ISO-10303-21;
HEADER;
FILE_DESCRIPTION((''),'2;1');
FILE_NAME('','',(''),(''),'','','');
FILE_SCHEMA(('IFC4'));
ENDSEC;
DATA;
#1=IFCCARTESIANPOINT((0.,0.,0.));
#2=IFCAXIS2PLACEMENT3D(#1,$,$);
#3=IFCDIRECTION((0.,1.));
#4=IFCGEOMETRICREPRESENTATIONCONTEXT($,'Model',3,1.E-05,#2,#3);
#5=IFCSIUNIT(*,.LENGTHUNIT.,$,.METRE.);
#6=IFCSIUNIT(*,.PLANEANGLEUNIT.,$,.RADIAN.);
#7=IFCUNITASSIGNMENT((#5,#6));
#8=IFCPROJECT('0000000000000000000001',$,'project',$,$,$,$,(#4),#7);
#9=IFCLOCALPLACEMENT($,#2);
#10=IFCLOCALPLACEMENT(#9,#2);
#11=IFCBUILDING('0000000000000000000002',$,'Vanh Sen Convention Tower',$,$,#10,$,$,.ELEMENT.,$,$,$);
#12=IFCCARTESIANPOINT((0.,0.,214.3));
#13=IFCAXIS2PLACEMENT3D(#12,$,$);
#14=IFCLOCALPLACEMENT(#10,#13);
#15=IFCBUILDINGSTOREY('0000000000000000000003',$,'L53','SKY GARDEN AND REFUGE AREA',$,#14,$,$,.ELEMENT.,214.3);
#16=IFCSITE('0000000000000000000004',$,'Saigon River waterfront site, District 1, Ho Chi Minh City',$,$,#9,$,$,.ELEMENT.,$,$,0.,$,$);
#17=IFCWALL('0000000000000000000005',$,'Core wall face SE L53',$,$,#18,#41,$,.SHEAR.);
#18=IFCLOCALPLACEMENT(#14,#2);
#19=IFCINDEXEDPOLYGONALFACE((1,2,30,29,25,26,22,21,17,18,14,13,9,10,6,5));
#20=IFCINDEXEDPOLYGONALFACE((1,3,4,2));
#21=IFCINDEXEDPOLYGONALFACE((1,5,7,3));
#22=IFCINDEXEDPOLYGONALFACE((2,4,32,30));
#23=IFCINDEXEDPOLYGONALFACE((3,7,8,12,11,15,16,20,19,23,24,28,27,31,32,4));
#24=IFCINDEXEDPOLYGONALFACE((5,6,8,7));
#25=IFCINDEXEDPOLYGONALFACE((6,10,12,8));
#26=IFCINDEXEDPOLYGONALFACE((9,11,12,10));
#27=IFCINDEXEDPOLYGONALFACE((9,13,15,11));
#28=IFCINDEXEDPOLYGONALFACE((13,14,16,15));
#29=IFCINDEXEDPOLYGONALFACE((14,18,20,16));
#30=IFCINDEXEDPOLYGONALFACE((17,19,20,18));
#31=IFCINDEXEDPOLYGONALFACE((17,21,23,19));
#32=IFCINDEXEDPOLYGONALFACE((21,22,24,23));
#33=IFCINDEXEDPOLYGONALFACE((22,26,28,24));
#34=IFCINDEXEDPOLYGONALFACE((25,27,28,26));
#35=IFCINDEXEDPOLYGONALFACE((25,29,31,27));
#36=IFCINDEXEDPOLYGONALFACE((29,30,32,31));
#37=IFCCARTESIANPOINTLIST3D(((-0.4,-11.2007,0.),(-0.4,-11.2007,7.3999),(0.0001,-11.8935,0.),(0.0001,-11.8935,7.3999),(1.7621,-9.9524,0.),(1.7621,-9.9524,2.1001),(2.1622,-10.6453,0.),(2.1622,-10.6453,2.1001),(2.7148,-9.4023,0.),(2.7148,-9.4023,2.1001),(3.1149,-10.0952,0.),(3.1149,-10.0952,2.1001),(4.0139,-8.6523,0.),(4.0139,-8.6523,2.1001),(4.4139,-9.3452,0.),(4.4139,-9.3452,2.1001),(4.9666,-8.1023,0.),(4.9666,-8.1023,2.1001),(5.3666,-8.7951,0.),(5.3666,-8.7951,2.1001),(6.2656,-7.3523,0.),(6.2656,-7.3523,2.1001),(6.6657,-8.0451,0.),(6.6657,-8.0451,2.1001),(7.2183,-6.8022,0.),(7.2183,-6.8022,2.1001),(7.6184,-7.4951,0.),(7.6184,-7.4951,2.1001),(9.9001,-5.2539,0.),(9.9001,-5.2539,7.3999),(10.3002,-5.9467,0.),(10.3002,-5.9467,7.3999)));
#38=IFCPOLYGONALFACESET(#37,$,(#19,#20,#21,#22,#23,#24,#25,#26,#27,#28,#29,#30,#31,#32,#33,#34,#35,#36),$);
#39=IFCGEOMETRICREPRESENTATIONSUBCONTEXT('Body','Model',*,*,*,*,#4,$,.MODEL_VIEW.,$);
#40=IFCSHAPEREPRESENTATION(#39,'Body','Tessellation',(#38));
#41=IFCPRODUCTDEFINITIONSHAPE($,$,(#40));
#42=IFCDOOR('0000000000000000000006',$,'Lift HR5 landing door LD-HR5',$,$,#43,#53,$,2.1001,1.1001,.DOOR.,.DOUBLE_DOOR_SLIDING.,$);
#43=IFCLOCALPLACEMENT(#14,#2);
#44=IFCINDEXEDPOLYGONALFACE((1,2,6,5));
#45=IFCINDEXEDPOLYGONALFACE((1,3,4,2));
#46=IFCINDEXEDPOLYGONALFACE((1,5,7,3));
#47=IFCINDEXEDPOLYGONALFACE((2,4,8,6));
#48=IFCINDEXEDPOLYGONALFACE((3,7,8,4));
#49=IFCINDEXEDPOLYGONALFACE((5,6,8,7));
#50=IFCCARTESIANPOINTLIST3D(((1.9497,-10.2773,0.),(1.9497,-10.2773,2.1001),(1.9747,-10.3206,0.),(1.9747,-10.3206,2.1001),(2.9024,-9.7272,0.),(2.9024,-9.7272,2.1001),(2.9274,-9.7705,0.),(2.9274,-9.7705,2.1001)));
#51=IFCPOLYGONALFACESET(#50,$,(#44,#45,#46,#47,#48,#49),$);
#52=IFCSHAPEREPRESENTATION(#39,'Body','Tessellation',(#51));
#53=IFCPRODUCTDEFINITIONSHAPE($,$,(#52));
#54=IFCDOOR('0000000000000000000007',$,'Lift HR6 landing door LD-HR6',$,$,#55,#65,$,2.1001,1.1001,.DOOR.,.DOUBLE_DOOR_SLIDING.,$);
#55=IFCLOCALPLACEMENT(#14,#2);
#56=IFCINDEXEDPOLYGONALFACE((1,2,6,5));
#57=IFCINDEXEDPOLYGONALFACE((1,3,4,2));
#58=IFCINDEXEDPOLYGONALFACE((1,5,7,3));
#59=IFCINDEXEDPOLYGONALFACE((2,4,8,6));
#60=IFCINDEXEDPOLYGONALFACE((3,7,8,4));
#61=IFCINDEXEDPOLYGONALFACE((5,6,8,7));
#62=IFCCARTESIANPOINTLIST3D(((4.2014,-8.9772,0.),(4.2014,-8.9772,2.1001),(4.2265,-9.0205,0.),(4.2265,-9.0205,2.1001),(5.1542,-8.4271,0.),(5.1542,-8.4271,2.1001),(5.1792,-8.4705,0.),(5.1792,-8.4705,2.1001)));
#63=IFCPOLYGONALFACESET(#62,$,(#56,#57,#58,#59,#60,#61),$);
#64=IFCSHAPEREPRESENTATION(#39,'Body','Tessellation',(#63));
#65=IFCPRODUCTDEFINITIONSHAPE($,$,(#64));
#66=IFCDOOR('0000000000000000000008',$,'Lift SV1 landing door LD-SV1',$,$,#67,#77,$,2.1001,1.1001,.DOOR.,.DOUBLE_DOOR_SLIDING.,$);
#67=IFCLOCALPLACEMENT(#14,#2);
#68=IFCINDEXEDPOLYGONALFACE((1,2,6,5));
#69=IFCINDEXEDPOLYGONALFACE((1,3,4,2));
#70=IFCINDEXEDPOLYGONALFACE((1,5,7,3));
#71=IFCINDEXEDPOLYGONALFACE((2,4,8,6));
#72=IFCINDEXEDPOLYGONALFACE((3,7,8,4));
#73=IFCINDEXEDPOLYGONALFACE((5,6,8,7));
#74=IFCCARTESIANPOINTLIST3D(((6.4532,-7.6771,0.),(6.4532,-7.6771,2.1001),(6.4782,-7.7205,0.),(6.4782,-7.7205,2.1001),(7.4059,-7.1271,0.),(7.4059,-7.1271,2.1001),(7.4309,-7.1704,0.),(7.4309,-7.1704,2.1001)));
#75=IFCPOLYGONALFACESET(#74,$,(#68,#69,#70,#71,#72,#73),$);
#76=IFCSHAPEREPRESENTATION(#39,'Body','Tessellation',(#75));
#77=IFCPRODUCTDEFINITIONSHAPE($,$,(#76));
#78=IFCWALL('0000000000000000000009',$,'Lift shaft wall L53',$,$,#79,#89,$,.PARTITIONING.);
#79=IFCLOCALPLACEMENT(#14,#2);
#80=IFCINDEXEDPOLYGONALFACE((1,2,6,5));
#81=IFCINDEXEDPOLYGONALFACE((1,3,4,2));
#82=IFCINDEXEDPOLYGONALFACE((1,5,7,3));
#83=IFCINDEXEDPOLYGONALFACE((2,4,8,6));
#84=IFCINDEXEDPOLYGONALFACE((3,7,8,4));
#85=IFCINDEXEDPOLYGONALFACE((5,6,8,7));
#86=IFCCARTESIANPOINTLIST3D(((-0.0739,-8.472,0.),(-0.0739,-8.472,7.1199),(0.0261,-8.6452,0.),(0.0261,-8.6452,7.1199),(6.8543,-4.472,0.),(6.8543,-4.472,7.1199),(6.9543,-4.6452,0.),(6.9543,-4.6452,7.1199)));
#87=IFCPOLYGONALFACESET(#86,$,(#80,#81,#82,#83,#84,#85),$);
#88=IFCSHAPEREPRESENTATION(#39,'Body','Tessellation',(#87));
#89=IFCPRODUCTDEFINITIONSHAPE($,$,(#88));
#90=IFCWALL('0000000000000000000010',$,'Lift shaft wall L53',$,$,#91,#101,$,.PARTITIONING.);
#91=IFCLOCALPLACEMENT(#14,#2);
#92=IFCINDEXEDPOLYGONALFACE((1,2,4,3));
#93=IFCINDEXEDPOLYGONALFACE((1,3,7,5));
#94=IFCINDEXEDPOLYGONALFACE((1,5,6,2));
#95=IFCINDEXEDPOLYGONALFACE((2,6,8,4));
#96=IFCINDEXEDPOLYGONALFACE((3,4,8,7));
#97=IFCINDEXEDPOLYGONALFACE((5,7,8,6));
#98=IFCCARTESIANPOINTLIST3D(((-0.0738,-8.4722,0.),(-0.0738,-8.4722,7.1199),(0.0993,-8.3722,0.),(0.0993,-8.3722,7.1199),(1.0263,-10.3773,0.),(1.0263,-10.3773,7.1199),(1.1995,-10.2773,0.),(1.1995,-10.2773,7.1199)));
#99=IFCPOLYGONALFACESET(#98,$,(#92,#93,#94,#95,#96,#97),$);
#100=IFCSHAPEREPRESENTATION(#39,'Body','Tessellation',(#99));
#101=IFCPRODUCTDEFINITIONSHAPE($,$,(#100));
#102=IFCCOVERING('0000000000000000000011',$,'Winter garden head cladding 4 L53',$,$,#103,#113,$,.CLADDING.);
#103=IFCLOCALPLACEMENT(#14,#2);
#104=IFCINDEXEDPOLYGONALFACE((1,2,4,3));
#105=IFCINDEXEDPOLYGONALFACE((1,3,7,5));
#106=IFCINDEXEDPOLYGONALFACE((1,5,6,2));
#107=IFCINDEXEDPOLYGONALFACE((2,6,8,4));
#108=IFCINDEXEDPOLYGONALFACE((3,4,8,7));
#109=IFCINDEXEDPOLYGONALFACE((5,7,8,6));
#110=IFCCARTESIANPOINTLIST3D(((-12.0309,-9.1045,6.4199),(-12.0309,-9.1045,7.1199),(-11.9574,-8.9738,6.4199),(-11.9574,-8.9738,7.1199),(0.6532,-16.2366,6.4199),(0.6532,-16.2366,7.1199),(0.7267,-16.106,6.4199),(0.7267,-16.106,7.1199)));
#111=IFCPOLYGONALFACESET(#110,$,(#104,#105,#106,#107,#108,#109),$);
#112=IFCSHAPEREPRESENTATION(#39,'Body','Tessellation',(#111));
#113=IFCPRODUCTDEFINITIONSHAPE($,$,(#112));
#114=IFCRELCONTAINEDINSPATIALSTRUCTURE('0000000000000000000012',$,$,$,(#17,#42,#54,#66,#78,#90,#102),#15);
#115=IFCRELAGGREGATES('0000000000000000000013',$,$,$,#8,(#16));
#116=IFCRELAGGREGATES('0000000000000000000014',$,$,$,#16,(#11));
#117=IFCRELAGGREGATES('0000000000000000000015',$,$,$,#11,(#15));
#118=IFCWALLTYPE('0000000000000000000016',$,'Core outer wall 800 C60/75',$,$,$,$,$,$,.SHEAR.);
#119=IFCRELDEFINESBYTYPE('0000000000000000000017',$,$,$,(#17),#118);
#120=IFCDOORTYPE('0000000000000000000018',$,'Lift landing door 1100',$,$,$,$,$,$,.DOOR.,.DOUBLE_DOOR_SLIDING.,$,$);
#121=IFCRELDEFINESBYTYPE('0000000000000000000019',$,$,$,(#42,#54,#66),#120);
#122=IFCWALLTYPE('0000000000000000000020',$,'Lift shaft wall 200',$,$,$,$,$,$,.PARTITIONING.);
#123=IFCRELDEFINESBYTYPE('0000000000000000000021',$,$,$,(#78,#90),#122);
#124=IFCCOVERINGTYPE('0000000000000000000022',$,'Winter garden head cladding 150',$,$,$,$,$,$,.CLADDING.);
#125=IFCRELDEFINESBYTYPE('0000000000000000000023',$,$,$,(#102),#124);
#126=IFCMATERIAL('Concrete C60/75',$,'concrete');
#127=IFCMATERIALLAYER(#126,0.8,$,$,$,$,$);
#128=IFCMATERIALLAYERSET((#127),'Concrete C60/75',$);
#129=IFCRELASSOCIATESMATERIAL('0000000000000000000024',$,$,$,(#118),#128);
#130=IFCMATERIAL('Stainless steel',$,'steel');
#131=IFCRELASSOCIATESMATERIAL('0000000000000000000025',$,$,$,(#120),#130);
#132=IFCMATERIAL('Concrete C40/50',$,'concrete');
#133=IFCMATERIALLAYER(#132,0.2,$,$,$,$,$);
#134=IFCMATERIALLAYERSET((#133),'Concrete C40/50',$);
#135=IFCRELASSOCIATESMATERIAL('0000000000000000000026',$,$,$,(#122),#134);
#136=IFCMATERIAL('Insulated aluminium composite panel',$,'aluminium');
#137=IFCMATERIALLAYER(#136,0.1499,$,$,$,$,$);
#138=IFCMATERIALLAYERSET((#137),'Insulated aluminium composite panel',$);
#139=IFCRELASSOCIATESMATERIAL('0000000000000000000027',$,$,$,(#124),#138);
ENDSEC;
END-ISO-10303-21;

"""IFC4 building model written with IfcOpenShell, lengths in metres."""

from ifc_helpers import new_model, si_unit, direction, frame, frame_2d, origin, origin_2d, place, context, subcontext, project, spatial, rectangle, extrude, material, layer, layer_set, type_object, element, fill, save


model = new_model("IFC4")

# Units and contexts
model_context = context("Model", 3, precision=1e-05, world=origin(), true_north=direction((0.0, 1.0)))
body_context = subcontext(model_context, "Body", "Model", "MODEL_VIEW")
ifc_project = project(units=[si_unit("LENGTHUNIT", "METRE"), si_unit("PLANEANGLEUNIT", "RADIAN")], contexts=[model_context])

# Site, building, storey
site_placement = place(None, origin())
site = spatial("IfcSite", under=ifc_project, at=site_placement, Name="Saigon River waterfront site, District 1, Ho Chi Minh City", CompositionType="ELEMENT", RefElevation=0.0)
building_placement = place(site_placement, origin())
building = spatial("IfcBuilding", under=site, at=building_placement, Name="Vanh Sen Convention Tower", CompositionType="ELEMENT")
storey_placement = place(building_placement, frame((0.0, 0.0, 214.3)))
storey = spatial("IfcBuildingStorey", under=building, at=storey_placement, Name="L53", Description="SKY GARDEN AND REFUGE AREA", CompositionType="ELEMENT", Elevation=214.3)

# Wall, openings, doors
ifc_material_1 = material(Name="Concrete C60/75", Category="concrete")
ifc_layer_1 = layer(ifc_material_1, 0.8)
ifc_layer_set_1 = layer_set([ifc_layer_1], Name="Concrete C60/75")
wall_type_1 = type_object("IfcWallType", Name="Core outer wall 800 C60/75", PredefinedType="SHEAR", material=ifc_layer_set_1)
wall_1_placement = place(storey_placement, frame((-0.2, -11.5471, 0.0), z_axis=(0.0, 0.0, 1.0), x_axis=(0.866024, 0.500003, 0.0)))
wall_1 = element("IfcWall", 1, at=wall_1_placement, inside=storey, type_object=wall_type_1, Name="Core wall face SE L53", PredefinedType="SHEAR", context=body_context, shape_type="SweptSolid", body=[
    extrude(rectangle(XDim=11.8936, YDim=0.8, at=frame_2d((5.9468, 0.0))), origin(), (0.0, 0.0, 1.0), 7.3999),
])
opening_1_placement = place(wall_1_placement, frame((2.4966, 0.0, 0.0)))
opening_1 = element("IfcOpeningElement", 2, at=opening_1_placement, cuts=wall_1, PredefinedType="OPENING", context=body_context, shape_type="SweptSolid", body=[
    extrude(rectangle(XDim=1.1001, YDim=2.1001, at=frame_2d((0.55, 1.05))), frame((0.0, 0.4099, 0.0), z_axis=(0.0, -1.0, 0.0), x_axis=(1.0, 0.0, 0.0)), (0.0, 0.0, 1.0), 0.8201),
])
opening_2_placement = place(wall_1_placement, frame((5.0967, 0.0, 0.0)))
opening_2 = element("IfcOpeningElement", 3, at=opening_2_placement, cuts=wall_1, PredefinedType="OPENING", context=body_context, shape_type="SweptSolid", body=[
    extrude(rectangle(XDim=1.1001, YDim=2.1001, at=frame_2d((0.55, 1.05))), frame((0.0, 0.4099, 0.0), z_axis=(0.0, -1.0, 0.0), x_axis=(1.0, 0.0, 0.0)), (0.0, 0.0, 1.0), 0.8201),
])
opening_3_placement = place(wall_1_placement, frame((7.6968, 0.0, 0.0)))
opening_3 = element("IfcOpeningElement", 4, at=opening_3_placement, cuts=wall_1, PredefinedType="OPENING", context=body_context, shape_type="SweptSolid", body=[
    extrude(rectangle(XDim=1.1001, YDim=2.1001, at=frame_2d((0.55, 1.05))), frame((0.0, 0.4099, 0.0), z_axis=(0.0, -1.0, 0.0), x_axis=(1.0, 0.0, 0.0)), (0.0, 0.0, 1.0), 0.8201),
])
ifc_material_2 = material(Name="Stainless steel", Category="steel")
door_type = type_object("IfcDoorType", Name="Lift landing door 1100", OperationType="DOUBLE_DOOR_SLIDING", PredefinedType="DOOR", material=ifc_material_2)
door_1_placement = place(opening_1_placement, origin())
door_1 = element("IfcDoor", 5, at=door_1_placement, inside=storey, type_object=door_type, Name="Lift HR5 landing door LD-HR5", OperationType="DOUBLE_DOOR_SLIDING", OverallHeight=2.1001, OverallWidth=1.1001, PredefinedType="DOOR", context=body_context, shape_type="SweptSolid", body=[
    extrude(rectangle(XDim=1.1001, YDim=2.1001, at=frame_2d((0.55, 1.05))), frame((0.0, 0.0249, 0.0), z_axis=(0.0, -1.0, 0.0), x_axis=(1.0, 0.0, 0.0)), (0.0, 0.0, 1.0), 0.05),
])
fill(opening_1, door_1)
door_2_placement = place(opening_2_placement, origin())
door_2 = element("IfcDoor", 6, at=door_2_placement, inside=storey, type_object=door_type, Name="Lift HR6 landing door LD-HR6", OperationType="DOUBLE_DOOR_SLIDING", OverallHeight=2.1001, OverallWidth=1.1001, PredefinedType="DOOR", context=body_context, shape_type="SweptSolid", body=[
    extrude(rectangle(XDim=1.1001, YDim=2.1001, at=frame_2d((0.55, 1.05))), frame((0.0, 0.0249, 0.0), z_axis=(0.0, -1.0, 0.0), x_axis=(1.0, 0.0, 0.0)), (0.0, 0.0, 1.0), 0.05),
])
fill(opening_2, door_2)
door_3_placement = place(opening_3_placement, origin())
door_3 = element("IfcDoor", 7, at=door_3_placement, inside=storey, type_object=door_type, Name="Lift SV1 landing door LD-SV1", OperationType="DOUBLE_DOOR_SLIDING", OverallHeight=2.1001, OverallWidth=1.1001, PredefinedType="DOOR", context=body_context, shape_type="SweptSolid", body=[
    extrude(rectangle(XDim=1.1001, YDim=2.1001, at=frame_2d((0.55, 1.05))), frame((0.0, 0.0249, 0.0), z_axis=(0.0, -1.0, 0.0), x_axis=(1.0, 0.0, 0.0)), (0.0, 0.0, 1.0), 0.05),
])
fill(opening_3, door_3)

# Walls
ifc_material_3 = material(Name="Concrete C40/50", Category="concrete")
ifc_layer_2 = layer(ifc_material_3, 0.2)
ifc_layer_set_2 = layer_set([ifc_layer_2], Name="Concrete C40/50")
wall_type_2 = type_object("IfcWallType", Name="Lift shaft wall 200", PredefinedType="PARTITIONING", material=ifc_layer_set_2)
wall_2_placement = place(storey_placement, frame((-0.0239, -8.5586, 0.0), z_axis=(0.0, 0.0, 1.0), x_axis=(0.866026, 0.499999, 0.0)))
element("IfcWall", 8, at=wall_2_placement, inside=storey, type_object=wall_type_2, Name="Lift shaft wall L53", PredefinedType="PARTITIONING", context=body_context, shape_type="SweptSolid", body=[
    extrude(rectangle(XDim=8.0, YDim=0.2, at=frame_2d((4.0, 0.0))), origin(), (0.0, 0.0, 1.0), 7.1199),
])
wall_3_placement = place(storey_placement, frame((0.0127, -8.4221, 0.0), z_axis=(0.0, 0.0, 1.0), x_axis=(0.500078, -0.86598, 0.0)))
element("IfcWall", 9, at=wall_3_placement, inside=storey, type_object=wall_type_2, Name="Lift shaft wall L53", PredefinedType="PARTITIONING", context=body_context, shape_type="SweptSolid", body=[
    extrude(rectangle(XDim=2.2, YDim=0.2, at=frame_2d((1.1001, 0.0))), origin(), (0.0, 0.0, 1.0), 7.1199),
])

# Covering
ifc_material_4 = material(Name="Insulated aluminium composite panel", Category="aluminium")
ifc_layer_3 = layer(ifc_material_4, 0.1499)
ifc_layer_set_3 = layer_set([ifc_layer_3], Name="Insulated aluminium composite panel")
covering_type = type_object("IfcCoveringType", Name="Winter garden head cladding 150", PredefinedType="CLADDING", material=ifc_layer_set_3)
covering_placement = place(storey_placement, frame((-5.6521, -12.6052, 6.4199), z_axis=(0.0, 0.0, 1.0), x_axis=(-0.871653, 0.490124, 0.0)))
element("IfcCovering", 10, at=covering_placement, inside=storey, type_object=covering_type, Name="Winter garden head cladding 4 L53", PredefinedType="CLADDING", context=body_context, shape_type="SweptSolid", body=[
    extrude(rectangle(XDim=14.5518, YDim=0.1499, at=origin_2d()), origin(), (0.0, 0.0, 1.0), 0.7),
])

save(model, "model.ifc")
